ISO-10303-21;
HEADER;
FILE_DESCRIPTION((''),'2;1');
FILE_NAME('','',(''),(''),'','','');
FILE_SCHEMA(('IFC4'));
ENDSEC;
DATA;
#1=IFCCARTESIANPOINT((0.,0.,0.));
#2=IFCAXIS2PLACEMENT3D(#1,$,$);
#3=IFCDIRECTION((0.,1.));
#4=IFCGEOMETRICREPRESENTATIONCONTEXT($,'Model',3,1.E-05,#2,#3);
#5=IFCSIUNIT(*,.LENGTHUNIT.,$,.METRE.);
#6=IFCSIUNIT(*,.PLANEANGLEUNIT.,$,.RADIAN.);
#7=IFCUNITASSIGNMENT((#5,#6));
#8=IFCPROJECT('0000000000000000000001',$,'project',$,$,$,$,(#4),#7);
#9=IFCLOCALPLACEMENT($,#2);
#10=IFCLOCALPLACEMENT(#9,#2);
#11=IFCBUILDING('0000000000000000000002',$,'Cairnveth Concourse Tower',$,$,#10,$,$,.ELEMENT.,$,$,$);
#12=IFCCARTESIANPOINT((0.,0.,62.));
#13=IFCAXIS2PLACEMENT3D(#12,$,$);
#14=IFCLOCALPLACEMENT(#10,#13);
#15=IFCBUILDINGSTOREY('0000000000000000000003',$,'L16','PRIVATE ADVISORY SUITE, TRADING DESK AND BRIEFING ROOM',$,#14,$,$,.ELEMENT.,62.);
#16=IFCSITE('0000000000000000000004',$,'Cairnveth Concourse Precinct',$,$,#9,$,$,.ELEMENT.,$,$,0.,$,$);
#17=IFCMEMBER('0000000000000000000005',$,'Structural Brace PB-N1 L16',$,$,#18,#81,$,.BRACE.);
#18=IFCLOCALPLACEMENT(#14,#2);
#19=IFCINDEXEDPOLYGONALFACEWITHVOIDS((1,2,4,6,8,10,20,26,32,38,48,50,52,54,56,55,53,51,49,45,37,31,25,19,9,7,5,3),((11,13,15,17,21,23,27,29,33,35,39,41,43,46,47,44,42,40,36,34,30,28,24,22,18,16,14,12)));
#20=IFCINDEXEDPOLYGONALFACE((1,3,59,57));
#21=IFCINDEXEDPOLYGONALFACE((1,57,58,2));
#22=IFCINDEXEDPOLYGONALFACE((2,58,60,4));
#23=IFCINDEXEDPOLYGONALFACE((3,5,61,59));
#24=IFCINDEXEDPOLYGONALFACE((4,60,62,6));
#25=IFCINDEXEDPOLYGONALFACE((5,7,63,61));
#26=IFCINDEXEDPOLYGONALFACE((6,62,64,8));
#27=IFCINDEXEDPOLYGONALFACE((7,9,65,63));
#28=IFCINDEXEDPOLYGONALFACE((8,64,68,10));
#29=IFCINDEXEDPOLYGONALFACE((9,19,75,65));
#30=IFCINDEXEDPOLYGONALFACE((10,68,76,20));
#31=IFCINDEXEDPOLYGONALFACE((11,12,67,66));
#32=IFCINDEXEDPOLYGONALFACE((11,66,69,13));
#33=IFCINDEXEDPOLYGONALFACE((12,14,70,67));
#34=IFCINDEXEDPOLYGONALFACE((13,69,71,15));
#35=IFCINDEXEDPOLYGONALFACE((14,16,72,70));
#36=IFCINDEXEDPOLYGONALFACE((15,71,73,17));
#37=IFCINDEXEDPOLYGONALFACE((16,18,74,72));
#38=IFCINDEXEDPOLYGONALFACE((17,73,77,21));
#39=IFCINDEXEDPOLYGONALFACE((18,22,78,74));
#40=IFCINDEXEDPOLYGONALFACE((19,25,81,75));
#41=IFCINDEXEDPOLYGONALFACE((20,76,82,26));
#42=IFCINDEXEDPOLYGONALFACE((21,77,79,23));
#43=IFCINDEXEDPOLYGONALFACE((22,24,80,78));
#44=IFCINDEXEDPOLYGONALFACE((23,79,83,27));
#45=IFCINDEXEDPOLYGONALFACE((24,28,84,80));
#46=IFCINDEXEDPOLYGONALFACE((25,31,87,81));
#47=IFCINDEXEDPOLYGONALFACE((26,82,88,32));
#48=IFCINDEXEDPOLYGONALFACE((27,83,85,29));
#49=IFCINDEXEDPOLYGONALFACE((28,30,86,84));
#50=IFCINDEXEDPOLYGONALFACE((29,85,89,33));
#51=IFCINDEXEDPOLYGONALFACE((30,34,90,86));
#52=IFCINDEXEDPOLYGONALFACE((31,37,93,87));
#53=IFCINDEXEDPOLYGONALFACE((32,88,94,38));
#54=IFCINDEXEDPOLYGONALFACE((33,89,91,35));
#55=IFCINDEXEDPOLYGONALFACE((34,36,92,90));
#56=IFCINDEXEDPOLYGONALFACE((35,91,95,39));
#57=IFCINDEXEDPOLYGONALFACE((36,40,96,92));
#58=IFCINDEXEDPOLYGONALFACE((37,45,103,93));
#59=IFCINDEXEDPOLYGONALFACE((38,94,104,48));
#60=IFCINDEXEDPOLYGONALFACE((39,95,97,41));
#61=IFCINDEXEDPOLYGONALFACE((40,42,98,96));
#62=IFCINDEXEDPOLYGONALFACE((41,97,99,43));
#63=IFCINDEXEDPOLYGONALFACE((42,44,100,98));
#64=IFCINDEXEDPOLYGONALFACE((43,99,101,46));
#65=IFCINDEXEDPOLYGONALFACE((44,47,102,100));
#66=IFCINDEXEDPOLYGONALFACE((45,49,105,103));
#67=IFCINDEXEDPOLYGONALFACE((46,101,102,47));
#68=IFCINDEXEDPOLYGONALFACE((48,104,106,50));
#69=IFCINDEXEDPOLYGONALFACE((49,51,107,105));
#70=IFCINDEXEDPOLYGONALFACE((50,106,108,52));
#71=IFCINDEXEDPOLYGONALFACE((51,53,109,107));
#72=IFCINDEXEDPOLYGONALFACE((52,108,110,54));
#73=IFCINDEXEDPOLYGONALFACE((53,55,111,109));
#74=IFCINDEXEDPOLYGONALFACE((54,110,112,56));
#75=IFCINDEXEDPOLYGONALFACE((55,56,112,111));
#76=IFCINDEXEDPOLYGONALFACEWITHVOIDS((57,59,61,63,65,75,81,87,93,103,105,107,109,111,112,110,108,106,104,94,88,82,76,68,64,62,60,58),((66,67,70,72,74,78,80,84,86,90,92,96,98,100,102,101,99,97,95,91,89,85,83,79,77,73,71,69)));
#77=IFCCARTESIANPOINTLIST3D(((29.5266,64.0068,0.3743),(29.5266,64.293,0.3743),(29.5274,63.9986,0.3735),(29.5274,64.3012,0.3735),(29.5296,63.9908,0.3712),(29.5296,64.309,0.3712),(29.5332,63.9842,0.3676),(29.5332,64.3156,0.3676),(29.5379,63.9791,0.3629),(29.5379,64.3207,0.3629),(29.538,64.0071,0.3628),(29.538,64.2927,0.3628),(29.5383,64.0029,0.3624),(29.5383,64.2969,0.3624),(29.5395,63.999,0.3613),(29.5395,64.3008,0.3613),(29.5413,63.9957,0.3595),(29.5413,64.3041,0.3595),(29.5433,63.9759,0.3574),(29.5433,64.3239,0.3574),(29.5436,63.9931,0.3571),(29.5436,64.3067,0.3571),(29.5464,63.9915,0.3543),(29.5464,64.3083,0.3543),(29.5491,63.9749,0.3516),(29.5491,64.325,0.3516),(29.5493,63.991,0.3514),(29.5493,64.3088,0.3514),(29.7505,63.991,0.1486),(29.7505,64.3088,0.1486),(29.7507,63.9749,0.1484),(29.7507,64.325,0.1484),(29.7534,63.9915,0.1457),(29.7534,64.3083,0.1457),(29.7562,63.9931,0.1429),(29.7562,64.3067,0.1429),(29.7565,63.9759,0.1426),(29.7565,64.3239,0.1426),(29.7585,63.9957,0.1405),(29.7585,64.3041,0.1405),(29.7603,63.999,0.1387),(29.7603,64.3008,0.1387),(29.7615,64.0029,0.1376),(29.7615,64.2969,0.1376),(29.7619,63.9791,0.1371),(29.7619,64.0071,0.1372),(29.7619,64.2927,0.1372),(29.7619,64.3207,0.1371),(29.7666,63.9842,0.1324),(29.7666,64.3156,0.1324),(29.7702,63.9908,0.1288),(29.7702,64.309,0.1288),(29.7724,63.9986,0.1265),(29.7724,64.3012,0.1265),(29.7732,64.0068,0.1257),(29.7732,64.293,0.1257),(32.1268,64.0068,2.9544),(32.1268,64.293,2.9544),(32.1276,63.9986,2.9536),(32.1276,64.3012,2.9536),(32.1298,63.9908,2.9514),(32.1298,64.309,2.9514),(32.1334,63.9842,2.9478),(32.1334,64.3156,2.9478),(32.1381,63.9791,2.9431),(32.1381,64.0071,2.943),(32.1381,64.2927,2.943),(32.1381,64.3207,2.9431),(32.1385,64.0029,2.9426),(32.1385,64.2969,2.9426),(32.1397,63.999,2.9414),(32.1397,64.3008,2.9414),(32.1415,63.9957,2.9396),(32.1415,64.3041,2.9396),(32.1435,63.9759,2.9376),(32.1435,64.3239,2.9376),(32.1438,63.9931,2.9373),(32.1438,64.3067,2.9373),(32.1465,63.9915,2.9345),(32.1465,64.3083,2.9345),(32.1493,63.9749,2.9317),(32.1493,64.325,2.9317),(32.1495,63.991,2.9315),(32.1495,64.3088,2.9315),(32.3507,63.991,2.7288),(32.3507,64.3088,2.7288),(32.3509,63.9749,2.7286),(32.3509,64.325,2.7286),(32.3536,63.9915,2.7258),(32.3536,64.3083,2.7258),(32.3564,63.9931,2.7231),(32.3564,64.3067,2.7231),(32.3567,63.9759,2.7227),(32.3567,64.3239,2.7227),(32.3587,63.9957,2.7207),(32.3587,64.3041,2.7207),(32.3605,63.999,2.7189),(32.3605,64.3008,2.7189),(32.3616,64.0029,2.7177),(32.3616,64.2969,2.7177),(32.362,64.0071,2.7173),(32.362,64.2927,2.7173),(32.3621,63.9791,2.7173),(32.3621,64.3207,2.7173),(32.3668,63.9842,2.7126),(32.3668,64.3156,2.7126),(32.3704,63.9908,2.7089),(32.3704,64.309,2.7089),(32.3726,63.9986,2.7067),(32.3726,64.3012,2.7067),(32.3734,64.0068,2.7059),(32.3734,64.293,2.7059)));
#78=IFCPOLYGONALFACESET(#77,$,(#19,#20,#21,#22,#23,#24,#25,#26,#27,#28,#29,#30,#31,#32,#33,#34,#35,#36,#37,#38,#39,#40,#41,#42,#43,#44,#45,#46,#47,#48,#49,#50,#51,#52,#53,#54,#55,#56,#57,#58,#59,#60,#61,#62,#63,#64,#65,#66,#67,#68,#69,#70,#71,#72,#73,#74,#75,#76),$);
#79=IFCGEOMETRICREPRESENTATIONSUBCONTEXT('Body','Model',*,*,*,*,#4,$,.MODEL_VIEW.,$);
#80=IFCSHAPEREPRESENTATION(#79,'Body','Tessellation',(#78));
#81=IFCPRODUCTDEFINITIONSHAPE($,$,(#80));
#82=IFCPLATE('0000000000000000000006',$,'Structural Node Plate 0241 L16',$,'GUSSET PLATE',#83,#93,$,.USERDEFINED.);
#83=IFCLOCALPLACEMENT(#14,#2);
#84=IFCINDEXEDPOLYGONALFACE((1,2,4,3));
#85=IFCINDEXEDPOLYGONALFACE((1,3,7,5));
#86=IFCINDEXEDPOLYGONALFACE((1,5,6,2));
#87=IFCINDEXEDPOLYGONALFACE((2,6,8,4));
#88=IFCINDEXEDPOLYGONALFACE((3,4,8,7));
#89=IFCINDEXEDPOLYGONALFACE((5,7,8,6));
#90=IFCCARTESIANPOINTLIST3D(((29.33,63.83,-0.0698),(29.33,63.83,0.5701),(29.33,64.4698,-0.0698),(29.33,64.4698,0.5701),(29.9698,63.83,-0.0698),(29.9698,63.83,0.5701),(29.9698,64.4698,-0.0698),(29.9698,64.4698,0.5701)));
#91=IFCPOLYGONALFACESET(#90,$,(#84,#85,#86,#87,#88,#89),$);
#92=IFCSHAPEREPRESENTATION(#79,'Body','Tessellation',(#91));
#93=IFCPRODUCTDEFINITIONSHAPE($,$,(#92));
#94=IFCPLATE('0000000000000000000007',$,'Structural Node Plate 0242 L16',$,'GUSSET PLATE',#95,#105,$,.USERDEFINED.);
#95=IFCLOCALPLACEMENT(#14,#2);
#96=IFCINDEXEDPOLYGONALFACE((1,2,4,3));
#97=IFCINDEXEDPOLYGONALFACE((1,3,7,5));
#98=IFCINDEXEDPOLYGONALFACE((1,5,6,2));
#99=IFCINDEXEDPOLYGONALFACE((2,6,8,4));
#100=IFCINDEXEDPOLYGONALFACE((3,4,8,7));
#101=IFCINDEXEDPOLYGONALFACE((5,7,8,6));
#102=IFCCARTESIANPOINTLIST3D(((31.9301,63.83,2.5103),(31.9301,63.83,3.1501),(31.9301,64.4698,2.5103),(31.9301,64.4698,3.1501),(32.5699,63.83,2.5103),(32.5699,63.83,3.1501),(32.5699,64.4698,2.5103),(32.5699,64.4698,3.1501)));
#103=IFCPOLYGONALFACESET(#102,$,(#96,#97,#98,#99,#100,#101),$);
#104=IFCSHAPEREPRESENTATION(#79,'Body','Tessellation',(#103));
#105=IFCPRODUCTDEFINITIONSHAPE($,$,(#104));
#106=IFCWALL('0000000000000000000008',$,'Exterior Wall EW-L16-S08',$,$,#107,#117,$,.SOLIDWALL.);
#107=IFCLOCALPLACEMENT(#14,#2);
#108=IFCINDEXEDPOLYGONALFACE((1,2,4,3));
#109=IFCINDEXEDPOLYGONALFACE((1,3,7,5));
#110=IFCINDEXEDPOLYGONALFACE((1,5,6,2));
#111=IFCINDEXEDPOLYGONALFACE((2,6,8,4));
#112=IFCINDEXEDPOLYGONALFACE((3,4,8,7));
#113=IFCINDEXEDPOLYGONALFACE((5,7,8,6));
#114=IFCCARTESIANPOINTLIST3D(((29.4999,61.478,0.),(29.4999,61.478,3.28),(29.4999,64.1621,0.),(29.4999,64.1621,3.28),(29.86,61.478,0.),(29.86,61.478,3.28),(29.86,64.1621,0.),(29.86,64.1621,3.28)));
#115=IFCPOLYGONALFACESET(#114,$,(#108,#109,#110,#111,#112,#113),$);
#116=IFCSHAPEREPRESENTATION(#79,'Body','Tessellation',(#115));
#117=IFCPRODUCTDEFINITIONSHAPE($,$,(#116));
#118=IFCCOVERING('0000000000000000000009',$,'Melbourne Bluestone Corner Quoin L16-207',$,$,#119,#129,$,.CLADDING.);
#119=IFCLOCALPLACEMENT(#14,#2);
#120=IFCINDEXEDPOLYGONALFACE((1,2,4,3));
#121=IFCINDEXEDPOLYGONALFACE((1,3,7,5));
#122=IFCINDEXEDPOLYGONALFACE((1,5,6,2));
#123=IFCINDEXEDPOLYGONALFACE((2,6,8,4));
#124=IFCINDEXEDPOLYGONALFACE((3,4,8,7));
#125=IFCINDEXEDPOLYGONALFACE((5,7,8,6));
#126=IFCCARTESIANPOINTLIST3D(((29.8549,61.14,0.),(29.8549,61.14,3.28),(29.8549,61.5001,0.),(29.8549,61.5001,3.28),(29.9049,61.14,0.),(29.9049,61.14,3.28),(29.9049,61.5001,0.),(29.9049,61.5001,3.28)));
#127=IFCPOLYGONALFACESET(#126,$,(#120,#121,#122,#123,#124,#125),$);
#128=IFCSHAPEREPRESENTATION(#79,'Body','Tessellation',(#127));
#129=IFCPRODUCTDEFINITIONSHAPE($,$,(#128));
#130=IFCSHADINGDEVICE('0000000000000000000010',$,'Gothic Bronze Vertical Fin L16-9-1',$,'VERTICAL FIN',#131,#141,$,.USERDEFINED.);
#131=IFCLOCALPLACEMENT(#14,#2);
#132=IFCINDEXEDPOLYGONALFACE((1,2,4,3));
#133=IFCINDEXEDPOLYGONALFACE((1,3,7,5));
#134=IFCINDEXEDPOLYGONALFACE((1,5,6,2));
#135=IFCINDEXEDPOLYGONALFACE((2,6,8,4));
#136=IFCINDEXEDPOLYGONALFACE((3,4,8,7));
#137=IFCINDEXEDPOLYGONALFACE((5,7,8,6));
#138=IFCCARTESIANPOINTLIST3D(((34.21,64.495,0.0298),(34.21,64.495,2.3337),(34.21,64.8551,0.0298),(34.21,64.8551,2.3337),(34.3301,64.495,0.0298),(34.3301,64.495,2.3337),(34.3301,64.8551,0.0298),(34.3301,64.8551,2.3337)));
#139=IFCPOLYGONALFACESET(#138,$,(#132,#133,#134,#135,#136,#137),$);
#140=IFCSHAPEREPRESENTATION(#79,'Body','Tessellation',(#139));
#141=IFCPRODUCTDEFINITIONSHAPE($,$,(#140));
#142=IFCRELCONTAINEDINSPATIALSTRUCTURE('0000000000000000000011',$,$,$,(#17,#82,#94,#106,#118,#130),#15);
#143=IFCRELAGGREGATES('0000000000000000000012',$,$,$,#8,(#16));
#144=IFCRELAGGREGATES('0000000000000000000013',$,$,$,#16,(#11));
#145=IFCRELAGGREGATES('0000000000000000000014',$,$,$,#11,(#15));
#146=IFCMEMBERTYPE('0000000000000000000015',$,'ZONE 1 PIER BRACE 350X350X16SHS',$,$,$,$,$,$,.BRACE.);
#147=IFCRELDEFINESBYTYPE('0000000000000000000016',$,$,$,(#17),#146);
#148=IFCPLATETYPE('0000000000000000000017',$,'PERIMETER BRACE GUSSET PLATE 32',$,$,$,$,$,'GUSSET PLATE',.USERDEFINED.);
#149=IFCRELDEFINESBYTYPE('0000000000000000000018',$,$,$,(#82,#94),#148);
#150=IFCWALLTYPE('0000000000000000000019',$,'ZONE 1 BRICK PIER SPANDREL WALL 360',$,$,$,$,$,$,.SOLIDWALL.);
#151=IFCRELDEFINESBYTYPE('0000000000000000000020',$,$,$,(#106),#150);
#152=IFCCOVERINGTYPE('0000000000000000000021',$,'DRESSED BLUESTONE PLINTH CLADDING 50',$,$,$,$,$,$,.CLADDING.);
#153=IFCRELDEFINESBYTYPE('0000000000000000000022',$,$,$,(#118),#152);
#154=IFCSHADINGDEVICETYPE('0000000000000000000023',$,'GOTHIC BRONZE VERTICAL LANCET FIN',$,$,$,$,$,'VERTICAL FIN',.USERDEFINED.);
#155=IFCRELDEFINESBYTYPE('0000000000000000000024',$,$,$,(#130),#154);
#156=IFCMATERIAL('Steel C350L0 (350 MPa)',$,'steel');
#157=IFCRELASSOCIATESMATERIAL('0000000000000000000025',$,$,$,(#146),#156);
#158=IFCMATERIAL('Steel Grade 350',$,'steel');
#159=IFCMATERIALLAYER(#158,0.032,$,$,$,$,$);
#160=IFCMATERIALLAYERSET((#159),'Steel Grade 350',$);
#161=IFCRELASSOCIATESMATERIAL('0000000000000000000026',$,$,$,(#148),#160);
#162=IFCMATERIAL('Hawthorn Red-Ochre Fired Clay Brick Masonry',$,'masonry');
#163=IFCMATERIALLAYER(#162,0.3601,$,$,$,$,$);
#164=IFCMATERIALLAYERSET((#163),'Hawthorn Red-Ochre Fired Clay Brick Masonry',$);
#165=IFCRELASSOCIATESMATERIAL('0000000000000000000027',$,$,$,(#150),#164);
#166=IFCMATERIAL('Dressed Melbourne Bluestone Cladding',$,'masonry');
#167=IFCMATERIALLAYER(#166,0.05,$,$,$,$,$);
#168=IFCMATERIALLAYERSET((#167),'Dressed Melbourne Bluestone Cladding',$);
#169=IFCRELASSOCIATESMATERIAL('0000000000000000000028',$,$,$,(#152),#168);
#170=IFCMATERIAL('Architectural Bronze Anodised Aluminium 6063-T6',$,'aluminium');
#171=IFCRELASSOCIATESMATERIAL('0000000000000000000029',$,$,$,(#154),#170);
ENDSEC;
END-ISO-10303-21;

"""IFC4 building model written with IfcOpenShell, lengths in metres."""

from ifc_helpers import new_model, si_unit, direction, frame, frame_2d, origin, origin_2d, place, context, subcontext, project, spatial, rectangle, hollow_rectangle, extrude, material, layer, layer_set, material_profile, profile_set, type_object, element, save


model = new_model("IFC4")

# Units and contexts
model_context = context("Model", 3, precision=1e-05, world=origin(), true_north=direction((0.0, 1.0)))
body_context = subcontext(model_context, "Body", "Model", "MODEL_VIEW")
ifc_project = project(units=[si_unit("LENGTHUNIT", "METRE"), si_unit("PLANEANGLEUNIT", "RADIAN")], contexts=[model_context])

# Site, building, storey
site_placement = place(None, origin())
site = spatial("IfcSite", under=ifc_project, at=site_placement, Name="Cairnveth Concourse Precinct", CompositionType="ELEMENT", RefElevation=0.0)
building_placement = place(site_placement, origin())
building = spatial("IfcBuilding", under=site, at=building_placement, Name="Cairnveth Concourse Tower", CompositionType="ELEMENT")
storey_placement = place(building_placement, frame((0.0, 0.0, 62.0)))
storey = spatial("IfcBuildingStorey", under=building, at=storey_placement, Name="L16", Description="PRIVATE ADVISORY SUITE, TRADING DESK AND BRIEFING ROOM", CompositionType="ELEMENT", Elevation=62.0)

# Member
ifc_material_1 = material(Name="Steel C350L0 (350 MPa)", Category="steel")
ifc_material_profile = material_profile(ifc_material_1, hollow_rectangle(XDim=0.3501, YDim=0.3501, WallThickness=0.0161, InnerFilletRadius=0.0161, OuterFilletRadius=0.032, at=origin_2d()), Name="350x350x16.0SHS")
ifc_profile_set = profile_set([ifc_material_profile], Name="Steel C350L0 (350 MPa)")
member_type = type_object("IfcMemberType", Name="ZONE 1 PIER BRACE 350X350X16SHS", PredefinedType="BRACE", material=ifc_profile_set)
member_placement = place(storey_placement, frame((29.6499, 64.1499, 0.25), z_axis=(0.709834, 0.0, 0.704369), x_axis=(0.0, 1.0, 0.0)))
element("IfcMember", 1, at=member_placement, inside=storey, type_object=member_type, Name="Structural Brace PB-N1 L16", PredefinedType="BRACE", context=body_context, shape_type="SweptSolid", body=[
    extrude(hollow_rectangle(XDim=0.3501, YDim=0.3501, WallThickness=0.0161, InnerFilletRadius=0.0161, OuterFilletRadius=0.032, at=origin_2d()), origin(), (0.0, 0.0, 1.0), 3.6631),
])

# Plates
ifc_material_2 = material(Name="Steel Grade 350", Category="steel")
ifc_layer_1 = layer(ifc_material_2, 0.032)
ifc_layer_set_1 = layer_set([ifc_layer_1], Name="Steel Grade 350")
plate_type = type_object("IfcPlateType", Name="PERIMETER BRACE GUSSET PLATE 32", ElementType="GUSSET PLATE", PredefinedType="USERDEFINED", material=ifc_layer_set_1)
for number, where, z_axis, x_axis, name in (
    (2, (29.6499, 64.1499, -0.0698), (0.0, 0.0, 1.0), (1.0, 0.0, 0.0), "Structural Node Plate 0241 L16"),
    (3, (32.25, 64.1499, 2.5103), (0.0, 0.0, 1.0), (1.0, 0.0, 0.0), "Structural Node Plate 0242 L16"),
):
    element("IfcPlate", number, at=place(storey_placement, frame(where, z_axis=z_axis, x_axis=x_axis)), inside=storey, type_object=plate_type, Name=name, ObjectType="GUSSET PLATE", PredefinedType="USERDEFINED", context=body_context, shape_type="SweptSolid", body=[
        extrude(rectangle(XDim=0.6399, YDim=0.6399, at=origin_2d()), origin(), (0.0, 0.0, 1.0), 0.6399),
    ])

# Wall
ifc_material_3 = material(Name="Hawthorn Red-Ochre Fired Clay Brick Masonry", Category="masonry")
ifc_layer_2 = layer(ifc_material_3, 0.3601)
ifc_layer_set_2 = layer_set([ifc_layer_2], Name="Hawthorn Red-Ochre Fired Clay Brick Masonry")
wall_type = type_object("IfcWallType", Name="ZONE 1 BRICK PIER SPANDREL WALL 360", PredefinedType="SOLIDWALL", material=ifc_layer_set_2)
wall_1_placement = place(storey_placement, frame((29.6799, 61.478, 0.0), z_axis=(0.0, 0.0, 1.0), x_axis=(0.0, 1.0, 0.0)))
element("IfcWall", 4, at=wall_1_placement, inside=storey, type_object=wall_type, Name="Exterior Wall EW-L16-S08", PredefinedType="SOLIDWALL", context=body_context, shape_type="SweptSolid", body=[
    extrude(rectangle(XDim=2.6841, YDim=0.3601, at=frame_2d((1.342, 0.0))), origin(), (0.0, 0.0, 1.0), 3.28),
])

# Covering
ifc_material_4 = material(Name="Dressed Melbourne Bluestone Cladding", Category="masonry")
ifc_layer_3 = layer(ifc_material_4, 0.05)
ifc_layer_set_3 = layer_set([ifc_layer_3], Name="Dressed Melbourne Bluestone Cladding")
covering_type = type_object("IfcCoveringType", Name="DRESSED BLUESTONE PLINTH CLADDING 50", PredefinedType="CLADDING", material=ifc_layer_set_3)
covering_placement = place(storey_placement, frame((29.8799, 61.1399, 0.0), z_axis=(0.0, 0.0, 1.0), x_axis=(0.0, 1.0, 0.0)))
element("IfcCovering", 5, at=covering_placement, inside=storey, type_object=covering_type, Name="Melbourne Bluestone Corner Quoin L16-207", PredefinedType="CLADDING", context=body_context, shape_type="SweptSolid", body=[
    extrude(rectangle(XDim=0.3601, YDim=0.05, at=frame_2d((0.1802, 0.0))), origin(), (0.0, 0.0, 1.0), 3.28),
])

# Shading device
ifc_material_5 = material(Name="Architectural Bronze Anodised Aluminium 6063-T6", Category="aluminium")
shading_device_type = type_object("IfcShadingDeviceType", Name="GOTHIC BRONZE VERTICAL LANCET FIN", ElementType="VERTICAL FIN", PredefinedType="USERDEFINED", material=ifc_material_5)
shading_device_placement = place(storey_placement, frame((34.27, 64.675, 0.0298), z_axis=(0.0, 0.0, 1.0), x_axis=(1.0, 0.0, 0.0)))
element("IfcShadingDevice", 6, at=shading_device_placement, inside=storey, type_object=shading_device_type, Name="Gothic Bronze Vertical Fin L16-9-1", ObjectType="VERTICAL FIN", PredefinedType="USERDEFINED", context=body_context, shape_type="SweptSolid", body=[
    extrude(rectangle(XDim=0.1201, YDim=0.3601, at=origin_2d()), origin(), (0.0, 0.0, 1.0), 2.304),
])

save(model, "model.ifc")
